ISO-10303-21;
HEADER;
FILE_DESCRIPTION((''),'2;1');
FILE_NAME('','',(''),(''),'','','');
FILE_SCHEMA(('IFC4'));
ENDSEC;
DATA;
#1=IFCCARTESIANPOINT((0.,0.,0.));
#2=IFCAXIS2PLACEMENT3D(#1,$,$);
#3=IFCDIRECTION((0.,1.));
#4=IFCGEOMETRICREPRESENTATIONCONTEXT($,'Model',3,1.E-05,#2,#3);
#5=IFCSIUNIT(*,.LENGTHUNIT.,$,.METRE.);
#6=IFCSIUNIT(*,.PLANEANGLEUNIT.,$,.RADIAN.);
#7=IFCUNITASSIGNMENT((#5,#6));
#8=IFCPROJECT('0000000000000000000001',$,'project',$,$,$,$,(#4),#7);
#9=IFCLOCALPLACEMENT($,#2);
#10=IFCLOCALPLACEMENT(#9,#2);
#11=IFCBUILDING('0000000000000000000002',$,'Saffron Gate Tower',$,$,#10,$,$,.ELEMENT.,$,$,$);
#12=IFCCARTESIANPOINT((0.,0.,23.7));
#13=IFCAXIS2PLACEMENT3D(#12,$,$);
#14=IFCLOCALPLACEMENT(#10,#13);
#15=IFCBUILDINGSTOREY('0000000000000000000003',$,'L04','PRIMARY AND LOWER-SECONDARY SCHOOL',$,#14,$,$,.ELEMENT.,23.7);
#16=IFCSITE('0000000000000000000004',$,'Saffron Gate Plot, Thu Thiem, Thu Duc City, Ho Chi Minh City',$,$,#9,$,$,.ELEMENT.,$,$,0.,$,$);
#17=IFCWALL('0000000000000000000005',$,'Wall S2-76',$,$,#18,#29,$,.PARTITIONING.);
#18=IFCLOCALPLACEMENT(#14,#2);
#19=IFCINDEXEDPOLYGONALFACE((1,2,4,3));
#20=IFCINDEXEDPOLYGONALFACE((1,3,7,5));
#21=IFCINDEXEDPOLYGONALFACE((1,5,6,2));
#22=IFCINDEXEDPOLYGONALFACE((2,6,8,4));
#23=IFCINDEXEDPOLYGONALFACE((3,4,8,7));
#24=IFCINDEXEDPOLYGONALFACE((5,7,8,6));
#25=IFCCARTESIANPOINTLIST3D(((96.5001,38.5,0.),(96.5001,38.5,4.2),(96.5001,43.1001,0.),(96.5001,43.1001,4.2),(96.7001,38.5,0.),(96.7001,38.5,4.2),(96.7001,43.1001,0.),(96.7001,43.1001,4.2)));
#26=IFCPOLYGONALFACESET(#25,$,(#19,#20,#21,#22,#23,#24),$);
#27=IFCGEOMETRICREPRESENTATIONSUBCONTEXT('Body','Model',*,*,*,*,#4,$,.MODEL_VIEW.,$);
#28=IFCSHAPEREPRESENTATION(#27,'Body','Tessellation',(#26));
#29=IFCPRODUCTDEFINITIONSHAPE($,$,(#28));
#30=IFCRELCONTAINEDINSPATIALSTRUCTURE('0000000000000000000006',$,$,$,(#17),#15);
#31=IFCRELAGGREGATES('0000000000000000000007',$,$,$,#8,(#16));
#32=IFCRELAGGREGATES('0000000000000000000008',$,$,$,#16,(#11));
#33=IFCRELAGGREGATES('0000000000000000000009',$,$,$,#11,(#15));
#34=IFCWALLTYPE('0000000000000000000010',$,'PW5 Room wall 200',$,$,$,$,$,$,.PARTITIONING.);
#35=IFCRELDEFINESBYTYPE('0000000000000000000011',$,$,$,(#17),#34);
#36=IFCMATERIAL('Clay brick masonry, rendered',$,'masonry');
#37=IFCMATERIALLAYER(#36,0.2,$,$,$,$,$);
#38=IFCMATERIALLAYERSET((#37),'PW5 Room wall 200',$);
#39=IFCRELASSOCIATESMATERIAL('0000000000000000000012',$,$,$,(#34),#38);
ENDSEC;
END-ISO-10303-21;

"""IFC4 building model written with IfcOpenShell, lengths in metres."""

from ifc_helpers import new_model, si_unit, direction, frame, frame_2d, origin, place, context, subcontext, project, spatial, rectangle, extrude, material, layer, layer_set, type_object, element, save


model = new_model("IFC4")

# Units and contexts
model_context = context("Model", 3, precision=1e-05, world=origin(), true_north=direction((0.0, 1.0)))
body_context = subcontext(model_context, "Body", "Model", "MODEL_VIEW")
ifc_project = project(units=[si_unit("LENGTHUNIT", "METRE"), si_unit("PLANEANGLEUNIT", "RADIAN")], contexts=[model_context])

# Site, building, storey
site_placement = place(None, origin())
site = spatial("IfcSite", under=ifc_project, at=site_placement, Name="Saffron Gate Plot, Thu Thiem, Thu Duc City, Ho Chi Minh City", CompositionType="ELEMENT", RefElevation=0.0)
building_placement = place(site_placement, origin())
building = spatial("IfcBuilding", under=site, at=building_placement, Name="Saffron Gate Tower", CompositionType="ELEMENT")
storey_placement = place(building_placement, frame((0.0, 0.0, 23.7)))
storey = spatial("IfcBuildingStorey", under=building, at=storey_placement, Name="L04", Description="PRIMARY AND LOWER-SECONDARY SCHOOL", CompositionType="ELEMENT", Elevation=23.7)

# Shared definitions
ifc_material_1 = material(Name="Clay brick masonry, rendered", Category="masonry")

# Wall
ifc_layer_1 = layer(ifc_material_1, 0.2)
ifc_layer_set_1 = layer_set([ifc_layer_1], Name="PW5 Room wall 200")
wall_type_1 = type_object("IfcWallType", Name="PW5 Room wall 200", PredefinedType="PARTITIONING", material=ifc_layer_set_1)
wall_1_placement = place(storey_placement, frame((96.6001, 43.1001, 0.0), z_axis=(0.0, 0.0, 1.0), x_axis=(0.0, -1.0, 0.0)))
element("IfcWall", 1, at=wall_1_placement, inside=storey, type_object=wall_type_1, Name="Wall S2-76", PredefinedType="PARTITIONING", context=body_context, shape_type="SweptSolid", body=[
    extrude(rectangle(XDim=4.6001, YDim=0.2, at=frame_2d((2.3, 0.0))), origin(), (0.0, 0.0, 1.0), 4.2),
])

save(model, "model.ifc")
